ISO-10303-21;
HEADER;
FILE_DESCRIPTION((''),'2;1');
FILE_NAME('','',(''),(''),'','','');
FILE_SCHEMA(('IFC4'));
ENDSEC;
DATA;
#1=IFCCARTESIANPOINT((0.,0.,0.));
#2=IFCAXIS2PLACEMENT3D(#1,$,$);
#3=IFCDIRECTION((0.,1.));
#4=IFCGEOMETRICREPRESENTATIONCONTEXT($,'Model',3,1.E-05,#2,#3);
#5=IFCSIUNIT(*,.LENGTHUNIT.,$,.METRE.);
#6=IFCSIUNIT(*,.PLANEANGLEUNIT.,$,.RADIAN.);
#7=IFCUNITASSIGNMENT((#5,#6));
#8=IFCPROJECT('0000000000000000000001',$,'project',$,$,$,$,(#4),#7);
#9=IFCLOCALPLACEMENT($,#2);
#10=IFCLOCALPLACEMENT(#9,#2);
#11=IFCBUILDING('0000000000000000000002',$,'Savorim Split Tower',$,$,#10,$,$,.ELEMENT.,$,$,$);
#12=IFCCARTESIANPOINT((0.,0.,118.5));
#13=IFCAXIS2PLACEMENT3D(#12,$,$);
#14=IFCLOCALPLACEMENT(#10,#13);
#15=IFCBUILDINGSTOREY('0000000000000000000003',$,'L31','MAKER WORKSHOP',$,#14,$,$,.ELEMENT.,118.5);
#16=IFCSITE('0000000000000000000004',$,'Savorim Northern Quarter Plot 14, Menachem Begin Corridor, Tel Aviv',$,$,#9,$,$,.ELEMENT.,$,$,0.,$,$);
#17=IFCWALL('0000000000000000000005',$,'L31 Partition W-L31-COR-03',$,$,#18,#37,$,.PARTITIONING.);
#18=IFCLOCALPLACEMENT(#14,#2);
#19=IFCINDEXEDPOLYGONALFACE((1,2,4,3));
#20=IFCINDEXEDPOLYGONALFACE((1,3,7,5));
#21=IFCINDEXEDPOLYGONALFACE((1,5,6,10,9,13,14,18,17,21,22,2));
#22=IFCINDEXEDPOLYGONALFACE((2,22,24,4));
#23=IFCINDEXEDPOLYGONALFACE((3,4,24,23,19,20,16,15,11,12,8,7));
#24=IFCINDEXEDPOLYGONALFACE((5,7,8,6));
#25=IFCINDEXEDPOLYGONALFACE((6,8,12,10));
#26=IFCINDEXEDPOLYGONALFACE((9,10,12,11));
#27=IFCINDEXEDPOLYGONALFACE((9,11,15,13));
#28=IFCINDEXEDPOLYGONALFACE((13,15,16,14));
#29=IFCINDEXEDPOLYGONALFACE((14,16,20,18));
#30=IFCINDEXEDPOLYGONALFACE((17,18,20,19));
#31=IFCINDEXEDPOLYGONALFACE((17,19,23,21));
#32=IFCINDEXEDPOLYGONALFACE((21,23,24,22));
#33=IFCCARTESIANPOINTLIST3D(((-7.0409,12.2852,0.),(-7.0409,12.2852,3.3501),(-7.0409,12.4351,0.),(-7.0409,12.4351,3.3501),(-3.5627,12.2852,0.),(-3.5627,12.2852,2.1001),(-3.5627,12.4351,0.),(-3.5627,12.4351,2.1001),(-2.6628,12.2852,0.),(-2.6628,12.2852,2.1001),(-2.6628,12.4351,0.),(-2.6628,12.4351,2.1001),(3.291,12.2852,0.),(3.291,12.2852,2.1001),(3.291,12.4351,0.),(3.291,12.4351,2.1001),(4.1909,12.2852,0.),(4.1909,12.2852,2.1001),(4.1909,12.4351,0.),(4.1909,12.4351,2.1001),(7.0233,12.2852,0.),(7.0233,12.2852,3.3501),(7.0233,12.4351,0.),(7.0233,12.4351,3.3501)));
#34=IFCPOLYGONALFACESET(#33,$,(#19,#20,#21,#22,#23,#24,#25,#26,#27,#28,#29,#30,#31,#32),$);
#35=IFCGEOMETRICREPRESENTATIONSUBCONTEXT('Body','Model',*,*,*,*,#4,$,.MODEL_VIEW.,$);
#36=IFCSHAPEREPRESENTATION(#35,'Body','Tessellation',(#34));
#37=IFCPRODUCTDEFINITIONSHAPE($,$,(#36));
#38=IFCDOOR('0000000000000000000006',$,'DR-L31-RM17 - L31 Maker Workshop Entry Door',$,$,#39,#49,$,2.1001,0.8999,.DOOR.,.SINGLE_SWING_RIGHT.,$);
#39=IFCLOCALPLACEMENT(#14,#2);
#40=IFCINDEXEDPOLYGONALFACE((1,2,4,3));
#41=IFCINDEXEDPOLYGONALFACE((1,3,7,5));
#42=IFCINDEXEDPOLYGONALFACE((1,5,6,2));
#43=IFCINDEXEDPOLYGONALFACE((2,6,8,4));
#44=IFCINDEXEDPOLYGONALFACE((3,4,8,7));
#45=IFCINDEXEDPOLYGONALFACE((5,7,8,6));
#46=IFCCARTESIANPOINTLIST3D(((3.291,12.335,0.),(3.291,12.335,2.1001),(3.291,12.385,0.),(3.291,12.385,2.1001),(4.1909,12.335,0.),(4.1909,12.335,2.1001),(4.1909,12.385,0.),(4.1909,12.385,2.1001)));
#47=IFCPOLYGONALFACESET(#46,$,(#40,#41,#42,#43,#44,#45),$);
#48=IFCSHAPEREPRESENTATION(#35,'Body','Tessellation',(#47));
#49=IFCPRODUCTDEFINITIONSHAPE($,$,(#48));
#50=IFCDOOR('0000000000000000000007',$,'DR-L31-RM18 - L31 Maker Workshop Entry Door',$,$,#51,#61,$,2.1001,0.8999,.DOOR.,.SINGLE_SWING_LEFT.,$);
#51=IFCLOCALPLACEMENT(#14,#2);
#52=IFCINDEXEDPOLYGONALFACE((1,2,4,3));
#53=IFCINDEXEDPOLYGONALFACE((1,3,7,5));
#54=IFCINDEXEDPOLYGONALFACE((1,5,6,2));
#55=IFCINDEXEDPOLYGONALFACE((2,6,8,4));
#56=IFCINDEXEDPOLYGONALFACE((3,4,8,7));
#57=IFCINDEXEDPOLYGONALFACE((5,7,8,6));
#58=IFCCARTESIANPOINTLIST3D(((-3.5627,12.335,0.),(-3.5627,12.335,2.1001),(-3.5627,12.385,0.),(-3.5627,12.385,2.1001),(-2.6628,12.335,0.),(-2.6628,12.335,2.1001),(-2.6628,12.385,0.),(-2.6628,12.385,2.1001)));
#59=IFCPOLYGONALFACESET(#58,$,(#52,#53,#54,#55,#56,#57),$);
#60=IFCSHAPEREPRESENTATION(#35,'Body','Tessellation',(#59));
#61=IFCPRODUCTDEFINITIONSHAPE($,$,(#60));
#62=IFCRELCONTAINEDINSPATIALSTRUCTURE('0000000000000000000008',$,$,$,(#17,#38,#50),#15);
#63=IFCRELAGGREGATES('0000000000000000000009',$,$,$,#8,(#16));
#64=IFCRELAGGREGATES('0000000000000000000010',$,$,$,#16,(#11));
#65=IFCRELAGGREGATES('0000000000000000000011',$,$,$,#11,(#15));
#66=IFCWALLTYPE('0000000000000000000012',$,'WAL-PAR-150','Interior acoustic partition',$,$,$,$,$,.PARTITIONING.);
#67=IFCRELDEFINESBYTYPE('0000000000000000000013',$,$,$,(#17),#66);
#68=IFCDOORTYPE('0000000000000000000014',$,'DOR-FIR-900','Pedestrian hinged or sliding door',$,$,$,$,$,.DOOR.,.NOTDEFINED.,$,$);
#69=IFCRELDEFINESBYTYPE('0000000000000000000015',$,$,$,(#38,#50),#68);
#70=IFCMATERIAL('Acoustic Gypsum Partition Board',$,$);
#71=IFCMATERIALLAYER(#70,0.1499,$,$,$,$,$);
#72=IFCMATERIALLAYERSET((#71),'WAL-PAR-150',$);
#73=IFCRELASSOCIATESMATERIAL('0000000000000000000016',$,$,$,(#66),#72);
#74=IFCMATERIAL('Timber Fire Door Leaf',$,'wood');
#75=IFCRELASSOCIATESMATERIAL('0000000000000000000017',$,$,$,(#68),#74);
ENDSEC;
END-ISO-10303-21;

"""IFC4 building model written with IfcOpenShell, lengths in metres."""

from ifc_helpers import new_model, si_unit, direction, frame, frame_2d, origin, place, context, subcontext, project, spatial, rectangle, extrude, material, layer, layer_set, type_object, element, fill, save


model = new_model("IFC4")

# Units and contexts
model_context = context("Model", 3, precision=1e-05, world=origin(), true_north=direction((0.0, 1.0)))
body_context = subcontext(model_context, "Body", "Model", "MODEL_VIEW")
ifc_project = project(units=[si_unit("LENGTHUNIT", "METRE"), si_unit("PLANEANGLEUNIT", "RADIAN")], contexts=[model_context])

# Site, building, storey
site_placement = place(None, origin())
site = spatial("IfcSite", under=ifc_project, at=site_placement, Name="Savorim Northern Quarter Plot 14, Menachem Begin Corridor, Tel Aviv", CompositionType="ELEMENT", RefElevation=0.0)
building_placement = place(site_placement, origin())
building = spatial("IfcBuilding", under=site, at=building_placement, Name="Savorim Split Tower", CompositionType="ELEMENT")
storey_placement = place(building_placement, frame((0.0, 0.0, 118.5)))
storey = spatial("IfcBuildingStorey", under=building, at=storey_placement, Name="L31", Description="MAKER WORKSHOP", CompositionType="ELEMENT", Elevation=118.5)

# Shared definitions
ifc_material_1 = material(Name="Acoustic Gypsum Partition Board")
ifc_layer_1 = layer(ifc_material_1, 0.1499)
ifc_layer_set_1 = layer_set([ifc_layer_1], Name="WAL-PAR-150")
wall_type_1 = type_object("IfcWallType", Name="WAL-PAR-150", Description="Interior acoustic partition", PredefinedType="PARTITIONING", material=ifc_layer_set_1)

# Wall, openings, doors
wall_1_placement = place(storey_placement, frame((-7.041, 12.3601, 0.0), z_axis=(0.0, 0.0, 1.0), x_axis=(1.0, 0.0, 0.0)))
wall_1 = element("IfcWall", 1, at=wall_1_placement, inside=storey, type_object=wall_type_1, Name="L31 Partition W-L31-COR-03", PredefinedType="PARTITIONING", context=body_context, shape_type="SweptSolid", body=[
    extrude(rectangle(XDim=14.0642, YDim=0.1499, at=frame_2d((7.0322, 0.0))), origin(), (0.0, 0.0, 1.0), 3.3501),
])
opening_1_placement = place(wall_1_placement, frame((10.332, 0.0, 0.0)))
opening_1 = element("IfcOpeningElement", 2, at=opening_1_placement, cuts=wall_1, PredefinedType="OPENING", context=body_context, shape_type="SweptSolid", body=[
    extrude(rectangle(XDim=0.8999, YDim=2.1001, at=frame_2d((0.45, 1.05))), frame((0.0, 0.085, 0.0), z_axis=(0.0, -1.0, 0.0), x_axis=(1.0, 0.0, 0.0)), (0.0, 0.0, 1.0), 0.1699),
])
opening_2_placement = place(wall_1_placement, frame((3.4783, 0.0, 0.0)))
opening_2 = element("IfcOpeningElement", 3, at=opening_2_placement, cuts=wall_1, PredefinedType="OPENING", context=body_context, shape_type="SweptSolid", body=[
    extrude(rectangle(XDim=0.8999, YDim=2.1001, at=frame_2d((0.45, 1.05))), frame((0.0, 0.085, 0.0), z_axis=(0.0, -1.0, 0.0), x_axis=(1.0, 0.0, 0.0)), (0.0, 0.0, 1.0), 0.1699),
])
ifc_material_2 = material(Name="Timber Fire Door Leaf", Category="wood")
door_type_1 = type_object("IfcDoorType", Name="DOR-FIR-900", Description="Pedestrian hinged or sliding door", OperationType="NOTDEFINED", PredefinedType="DOOR", material=ifc_material_2)
door_1_placement = place(opening_1_placement, origin())
door_1 = element("IfcDoor", 4, at=door_1_placement, inside=storey, type_object=door_type_1, Name="DR-L31-RM17 - L31 Maker Workshop Entry Door", OperationType="SINGLE_SWING_RIGHT", OverallHeight=2.1001, OverallWidth=0.8999, PredefinedType="DOOR", context=body_context, shape_type="SweptSolid", body=[
    extrude(rectangle(XDim=0.8999, YDim=2.1001, at=frame_2d((0.45, 1.05))), frame((0.0, 0.0249, 0.0), z_axis=(0.0, -1.0, 0.0), x_axis=(1.0, 0.0, 0.0)), (0.0, 0.0, 1.0), 0.05),
])
fill(opening_1, door_1)
door_2_placement = place(opening_2_placement, origin())
door_2 = element("IfcDoor", 5, at=door_2_placement, inside=storey, type_object=door_type_1, Name="DR-L31-RM18 - L31 Maker Workshop Entry Door", OperationType="SINGLE_SWING_LEFT", OverallHeight=2.1001, OverallWidth=0.8999, PredefinedType="DOOR", context=body_context, shape_type="SweptSolid", body=[
    extrude(rectangle(XDim=0.8999, YDim=2.1001, at=frame_2d((0.45, 1.05))), frame((0.0, 0.0249, 0.0), z_axis=(0.0, -1.0, 0.0), x_axis=(1.0, 0.0, 0.0)), (0.0, 0.0, 1.0), 0.05),
])
fill(opening_2, door_2)

save(model, "model.ifc")
